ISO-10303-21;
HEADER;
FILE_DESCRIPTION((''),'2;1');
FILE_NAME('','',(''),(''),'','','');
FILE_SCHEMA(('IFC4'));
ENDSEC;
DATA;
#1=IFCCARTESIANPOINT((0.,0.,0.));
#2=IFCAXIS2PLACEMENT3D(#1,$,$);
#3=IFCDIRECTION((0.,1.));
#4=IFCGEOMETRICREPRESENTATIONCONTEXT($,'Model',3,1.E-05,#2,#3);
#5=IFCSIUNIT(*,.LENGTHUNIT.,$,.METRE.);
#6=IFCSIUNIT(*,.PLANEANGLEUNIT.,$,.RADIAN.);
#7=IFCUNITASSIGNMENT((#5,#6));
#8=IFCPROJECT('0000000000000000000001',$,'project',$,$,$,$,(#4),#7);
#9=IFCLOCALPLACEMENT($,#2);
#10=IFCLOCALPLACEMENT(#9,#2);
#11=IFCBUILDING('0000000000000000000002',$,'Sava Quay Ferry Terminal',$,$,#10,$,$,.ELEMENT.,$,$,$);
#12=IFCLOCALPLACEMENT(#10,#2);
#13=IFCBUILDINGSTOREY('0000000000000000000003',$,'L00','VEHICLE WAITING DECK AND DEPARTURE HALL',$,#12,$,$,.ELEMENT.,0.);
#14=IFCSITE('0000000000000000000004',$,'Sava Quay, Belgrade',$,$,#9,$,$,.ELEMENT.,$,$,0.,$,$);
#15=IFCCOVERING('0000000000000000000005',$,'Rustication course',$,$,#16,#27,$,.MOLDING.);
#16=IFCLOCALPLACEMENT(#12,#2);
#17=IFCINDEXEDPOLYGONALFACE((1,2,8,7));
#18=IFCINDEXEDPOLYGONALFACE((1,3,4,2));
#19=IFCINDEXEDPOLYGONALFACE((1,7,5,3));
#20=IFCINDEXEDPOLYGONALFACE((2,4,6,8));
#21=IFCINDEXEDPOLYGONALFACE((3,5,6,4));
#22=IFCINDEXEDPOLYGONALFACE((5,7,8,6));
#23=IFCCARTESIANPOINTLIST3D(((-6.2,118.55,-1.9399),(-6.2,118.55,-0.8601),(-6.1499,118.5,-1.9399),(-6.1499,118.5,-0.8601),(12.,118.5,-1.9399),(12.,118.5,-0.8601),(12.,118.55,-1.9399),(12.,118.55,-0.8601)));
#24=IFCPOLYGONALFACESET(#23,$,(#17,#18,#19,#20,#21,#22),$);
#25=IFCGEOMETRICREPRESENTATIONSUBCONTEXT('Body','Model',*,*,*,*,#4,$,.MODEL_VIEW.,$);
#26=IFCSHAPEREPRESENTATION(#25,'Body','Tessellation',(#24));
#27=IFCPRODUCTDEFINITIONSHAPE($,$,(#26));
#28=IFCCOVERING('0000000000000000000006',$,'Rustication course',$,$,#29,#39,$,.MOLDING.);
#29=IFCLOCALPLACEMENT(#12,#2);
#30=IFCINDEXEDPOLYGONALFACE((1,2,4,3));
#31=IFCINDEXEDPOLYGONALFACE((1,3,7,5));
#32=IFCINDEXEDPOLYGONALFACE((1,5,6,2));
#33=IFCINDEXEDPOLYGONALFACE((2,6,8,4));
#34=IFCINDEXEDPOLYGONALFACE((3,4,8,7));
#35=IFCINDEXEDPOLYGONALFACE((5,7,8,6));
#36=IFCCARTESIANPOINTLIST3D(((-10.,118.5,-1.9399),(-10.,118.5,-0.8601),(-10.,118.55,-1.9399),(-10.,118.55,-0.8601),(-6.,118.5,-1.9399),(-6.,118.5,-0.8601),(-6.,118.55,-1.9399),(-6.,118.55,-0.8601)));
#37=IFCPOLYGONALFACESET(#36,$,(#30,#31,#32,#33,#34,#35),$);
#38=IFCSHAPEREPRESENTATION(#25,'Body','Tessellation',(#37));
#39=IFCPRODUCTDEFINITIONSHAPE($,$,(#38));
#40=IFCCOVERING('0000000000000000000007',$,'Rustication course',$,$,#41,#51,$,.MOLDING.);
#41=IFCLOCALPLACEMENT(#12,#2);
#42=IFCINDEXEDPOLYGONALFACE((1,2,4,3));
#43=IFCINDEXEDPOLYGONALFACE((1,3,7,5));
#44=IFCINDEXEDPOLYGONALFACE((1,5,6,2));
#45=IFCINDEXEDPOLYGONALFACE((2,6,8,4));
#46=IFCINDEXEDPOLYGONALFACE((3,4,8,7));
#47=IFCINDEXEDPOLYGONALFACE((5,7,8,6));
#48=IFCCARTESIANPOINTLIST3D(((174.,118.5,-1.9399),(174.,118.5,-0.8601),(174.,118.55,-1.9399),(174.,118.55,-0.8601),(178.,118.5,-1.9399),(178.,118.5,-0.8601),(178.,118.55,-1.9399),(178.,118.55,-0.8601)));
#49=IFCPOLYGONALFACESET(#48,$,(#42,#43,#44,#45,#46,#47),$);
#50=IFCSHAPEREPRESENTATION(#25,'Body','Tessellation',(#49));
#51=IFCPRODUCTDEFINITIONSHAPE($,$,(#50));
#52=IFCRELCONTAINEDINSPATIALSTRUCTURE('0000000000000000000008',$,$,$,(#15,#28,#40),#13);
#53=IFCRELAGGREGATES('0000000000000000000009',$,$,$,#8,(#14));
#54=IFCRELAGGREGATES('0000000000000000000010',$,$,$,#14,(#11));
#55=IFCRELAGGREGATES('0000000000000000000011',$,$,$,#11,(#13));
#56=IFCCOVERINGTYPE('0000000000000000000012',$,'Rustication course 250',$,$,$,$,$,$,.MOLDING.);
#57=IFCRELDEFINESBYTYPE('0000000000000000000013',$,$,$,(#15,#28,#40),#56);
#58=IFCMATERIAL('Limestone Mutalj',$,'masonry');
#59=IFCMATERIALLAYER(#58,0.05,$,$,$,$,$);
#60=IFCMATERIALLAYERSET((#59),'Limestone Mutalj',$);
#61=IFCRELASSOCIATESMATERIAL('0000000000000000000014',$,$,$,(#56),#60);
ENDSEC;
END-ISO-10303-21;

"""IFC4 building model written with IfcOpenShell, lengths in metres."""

from ifc_helpers import new_model, si_unit, direction, frame, origin, place, context, subcontext, project, spatial, polyline, outline, extrude, material, layer, layer_set, type_object, element, save


model = new_model("IFC4")

# Units and contexts
model_context = context("Model", 3, precision=1e-05, world=origin(), true_north=direction((0.0, 1.0)))
body_context = subcontext(model_context, "Body", "Model", "MODEL_VIEW")
ifc_project = project(units=[si_unit("LENGTHUNIT", "METRE"), si_unit("PLANEANGLEUNIT", "RADIAN")], contexts=[model_context])

# Site, building, storey
site_placement = place(None, origin())
site = spatial("IfcSite", under=ifc_project, at=site_placement, Name="Sava Quay, Belgrade", CompositionType="ELEMENT", RefElevation=0.0)
building_placement = place(site_placement, origin())
building = spatial("IfcBuilding", under=site, at=building_placement, Name="Sava Quay Ferry Terminal", CompositionType="ELEMENT")
storey_placement = place(building_placement, origin())
storey = spatial("IfcBuildingStorey", under=building, at=storey_placement, Name="L00", Description="VEHICLE WAITING DECK AND DEPARTURE HALL", CompositionType="ELEMENT", Elevation=0.0)

# Coverings
ifc_material_1 = material(Name="Limestone Mutalj", Category="masonry")
ifc_layer_1 = layer(ifc_material_1, 0.05)
ifc_layer_set_1 = layer_set([ifc_layer_1], Name="Limestone Mutalj")
covering_type_1 = type_object("IfcCoveringType", Name="Rustication course 250", PredefinedType="MOLDING", material=ifc_layer_set_1)
covering_1_placement = place(storey_placement, frame((0.0, 0.0, -1.9399)))
element("IfcCovering", 1, at=covering_1_placement, inside=storey, type_object=covering_type_1, Name="Rustication course", PredefinedType="MOLDING", context=body_context, shape_type="SweptSolid", body=[
    extrude(outline(polyline([(12.0, 118.55), (-6.2, 118.55), (-6.1499, 118.5), (12.0, 118.5), (12.0, 118.55)])), origin(), (0.0, 0.0, 1.0), 1.0798),
])
covering_2_placement = place(storey_placement, frame((0.0, 0.0, -1.9399)))
element("IfcCovering", 2, at=covering_2_placement, inside=storey, type_object=covering_type_1, Name="Rustication course", PredefinedType="MOLDING", context=body_context, shape_type="SweptSolid", body=[
    extrude(outline(polyline([(-6.0, 118.5), (-6.0, 118.55), (-10.0, 118.55), (-10.0, 118.5), (-6.0, 118.5)])), origin(), (0.0, 0.0, 1.0), 1.0798),
])
covering_3_placement = place(storey_placement, frame((0.0, 0.0, -1.9399)))
element("IfcCovering", 3, at=covering_3_placement, inside=storey, type_object=covering_type_1, Name="Rustication course", PredefinedType="MOLDING", context=body_context, shape_type="SweptSolid", body=[
    extrude(outline(polyline([(178.0, 118.5), (178.0, 118.55), (174.0, 118.55), (174.0, 118.5), (178.0, 118.5)])), origin(), (0.0, 0.0, 1.0), 1.0798),
])

save(model, "model.ifc")
